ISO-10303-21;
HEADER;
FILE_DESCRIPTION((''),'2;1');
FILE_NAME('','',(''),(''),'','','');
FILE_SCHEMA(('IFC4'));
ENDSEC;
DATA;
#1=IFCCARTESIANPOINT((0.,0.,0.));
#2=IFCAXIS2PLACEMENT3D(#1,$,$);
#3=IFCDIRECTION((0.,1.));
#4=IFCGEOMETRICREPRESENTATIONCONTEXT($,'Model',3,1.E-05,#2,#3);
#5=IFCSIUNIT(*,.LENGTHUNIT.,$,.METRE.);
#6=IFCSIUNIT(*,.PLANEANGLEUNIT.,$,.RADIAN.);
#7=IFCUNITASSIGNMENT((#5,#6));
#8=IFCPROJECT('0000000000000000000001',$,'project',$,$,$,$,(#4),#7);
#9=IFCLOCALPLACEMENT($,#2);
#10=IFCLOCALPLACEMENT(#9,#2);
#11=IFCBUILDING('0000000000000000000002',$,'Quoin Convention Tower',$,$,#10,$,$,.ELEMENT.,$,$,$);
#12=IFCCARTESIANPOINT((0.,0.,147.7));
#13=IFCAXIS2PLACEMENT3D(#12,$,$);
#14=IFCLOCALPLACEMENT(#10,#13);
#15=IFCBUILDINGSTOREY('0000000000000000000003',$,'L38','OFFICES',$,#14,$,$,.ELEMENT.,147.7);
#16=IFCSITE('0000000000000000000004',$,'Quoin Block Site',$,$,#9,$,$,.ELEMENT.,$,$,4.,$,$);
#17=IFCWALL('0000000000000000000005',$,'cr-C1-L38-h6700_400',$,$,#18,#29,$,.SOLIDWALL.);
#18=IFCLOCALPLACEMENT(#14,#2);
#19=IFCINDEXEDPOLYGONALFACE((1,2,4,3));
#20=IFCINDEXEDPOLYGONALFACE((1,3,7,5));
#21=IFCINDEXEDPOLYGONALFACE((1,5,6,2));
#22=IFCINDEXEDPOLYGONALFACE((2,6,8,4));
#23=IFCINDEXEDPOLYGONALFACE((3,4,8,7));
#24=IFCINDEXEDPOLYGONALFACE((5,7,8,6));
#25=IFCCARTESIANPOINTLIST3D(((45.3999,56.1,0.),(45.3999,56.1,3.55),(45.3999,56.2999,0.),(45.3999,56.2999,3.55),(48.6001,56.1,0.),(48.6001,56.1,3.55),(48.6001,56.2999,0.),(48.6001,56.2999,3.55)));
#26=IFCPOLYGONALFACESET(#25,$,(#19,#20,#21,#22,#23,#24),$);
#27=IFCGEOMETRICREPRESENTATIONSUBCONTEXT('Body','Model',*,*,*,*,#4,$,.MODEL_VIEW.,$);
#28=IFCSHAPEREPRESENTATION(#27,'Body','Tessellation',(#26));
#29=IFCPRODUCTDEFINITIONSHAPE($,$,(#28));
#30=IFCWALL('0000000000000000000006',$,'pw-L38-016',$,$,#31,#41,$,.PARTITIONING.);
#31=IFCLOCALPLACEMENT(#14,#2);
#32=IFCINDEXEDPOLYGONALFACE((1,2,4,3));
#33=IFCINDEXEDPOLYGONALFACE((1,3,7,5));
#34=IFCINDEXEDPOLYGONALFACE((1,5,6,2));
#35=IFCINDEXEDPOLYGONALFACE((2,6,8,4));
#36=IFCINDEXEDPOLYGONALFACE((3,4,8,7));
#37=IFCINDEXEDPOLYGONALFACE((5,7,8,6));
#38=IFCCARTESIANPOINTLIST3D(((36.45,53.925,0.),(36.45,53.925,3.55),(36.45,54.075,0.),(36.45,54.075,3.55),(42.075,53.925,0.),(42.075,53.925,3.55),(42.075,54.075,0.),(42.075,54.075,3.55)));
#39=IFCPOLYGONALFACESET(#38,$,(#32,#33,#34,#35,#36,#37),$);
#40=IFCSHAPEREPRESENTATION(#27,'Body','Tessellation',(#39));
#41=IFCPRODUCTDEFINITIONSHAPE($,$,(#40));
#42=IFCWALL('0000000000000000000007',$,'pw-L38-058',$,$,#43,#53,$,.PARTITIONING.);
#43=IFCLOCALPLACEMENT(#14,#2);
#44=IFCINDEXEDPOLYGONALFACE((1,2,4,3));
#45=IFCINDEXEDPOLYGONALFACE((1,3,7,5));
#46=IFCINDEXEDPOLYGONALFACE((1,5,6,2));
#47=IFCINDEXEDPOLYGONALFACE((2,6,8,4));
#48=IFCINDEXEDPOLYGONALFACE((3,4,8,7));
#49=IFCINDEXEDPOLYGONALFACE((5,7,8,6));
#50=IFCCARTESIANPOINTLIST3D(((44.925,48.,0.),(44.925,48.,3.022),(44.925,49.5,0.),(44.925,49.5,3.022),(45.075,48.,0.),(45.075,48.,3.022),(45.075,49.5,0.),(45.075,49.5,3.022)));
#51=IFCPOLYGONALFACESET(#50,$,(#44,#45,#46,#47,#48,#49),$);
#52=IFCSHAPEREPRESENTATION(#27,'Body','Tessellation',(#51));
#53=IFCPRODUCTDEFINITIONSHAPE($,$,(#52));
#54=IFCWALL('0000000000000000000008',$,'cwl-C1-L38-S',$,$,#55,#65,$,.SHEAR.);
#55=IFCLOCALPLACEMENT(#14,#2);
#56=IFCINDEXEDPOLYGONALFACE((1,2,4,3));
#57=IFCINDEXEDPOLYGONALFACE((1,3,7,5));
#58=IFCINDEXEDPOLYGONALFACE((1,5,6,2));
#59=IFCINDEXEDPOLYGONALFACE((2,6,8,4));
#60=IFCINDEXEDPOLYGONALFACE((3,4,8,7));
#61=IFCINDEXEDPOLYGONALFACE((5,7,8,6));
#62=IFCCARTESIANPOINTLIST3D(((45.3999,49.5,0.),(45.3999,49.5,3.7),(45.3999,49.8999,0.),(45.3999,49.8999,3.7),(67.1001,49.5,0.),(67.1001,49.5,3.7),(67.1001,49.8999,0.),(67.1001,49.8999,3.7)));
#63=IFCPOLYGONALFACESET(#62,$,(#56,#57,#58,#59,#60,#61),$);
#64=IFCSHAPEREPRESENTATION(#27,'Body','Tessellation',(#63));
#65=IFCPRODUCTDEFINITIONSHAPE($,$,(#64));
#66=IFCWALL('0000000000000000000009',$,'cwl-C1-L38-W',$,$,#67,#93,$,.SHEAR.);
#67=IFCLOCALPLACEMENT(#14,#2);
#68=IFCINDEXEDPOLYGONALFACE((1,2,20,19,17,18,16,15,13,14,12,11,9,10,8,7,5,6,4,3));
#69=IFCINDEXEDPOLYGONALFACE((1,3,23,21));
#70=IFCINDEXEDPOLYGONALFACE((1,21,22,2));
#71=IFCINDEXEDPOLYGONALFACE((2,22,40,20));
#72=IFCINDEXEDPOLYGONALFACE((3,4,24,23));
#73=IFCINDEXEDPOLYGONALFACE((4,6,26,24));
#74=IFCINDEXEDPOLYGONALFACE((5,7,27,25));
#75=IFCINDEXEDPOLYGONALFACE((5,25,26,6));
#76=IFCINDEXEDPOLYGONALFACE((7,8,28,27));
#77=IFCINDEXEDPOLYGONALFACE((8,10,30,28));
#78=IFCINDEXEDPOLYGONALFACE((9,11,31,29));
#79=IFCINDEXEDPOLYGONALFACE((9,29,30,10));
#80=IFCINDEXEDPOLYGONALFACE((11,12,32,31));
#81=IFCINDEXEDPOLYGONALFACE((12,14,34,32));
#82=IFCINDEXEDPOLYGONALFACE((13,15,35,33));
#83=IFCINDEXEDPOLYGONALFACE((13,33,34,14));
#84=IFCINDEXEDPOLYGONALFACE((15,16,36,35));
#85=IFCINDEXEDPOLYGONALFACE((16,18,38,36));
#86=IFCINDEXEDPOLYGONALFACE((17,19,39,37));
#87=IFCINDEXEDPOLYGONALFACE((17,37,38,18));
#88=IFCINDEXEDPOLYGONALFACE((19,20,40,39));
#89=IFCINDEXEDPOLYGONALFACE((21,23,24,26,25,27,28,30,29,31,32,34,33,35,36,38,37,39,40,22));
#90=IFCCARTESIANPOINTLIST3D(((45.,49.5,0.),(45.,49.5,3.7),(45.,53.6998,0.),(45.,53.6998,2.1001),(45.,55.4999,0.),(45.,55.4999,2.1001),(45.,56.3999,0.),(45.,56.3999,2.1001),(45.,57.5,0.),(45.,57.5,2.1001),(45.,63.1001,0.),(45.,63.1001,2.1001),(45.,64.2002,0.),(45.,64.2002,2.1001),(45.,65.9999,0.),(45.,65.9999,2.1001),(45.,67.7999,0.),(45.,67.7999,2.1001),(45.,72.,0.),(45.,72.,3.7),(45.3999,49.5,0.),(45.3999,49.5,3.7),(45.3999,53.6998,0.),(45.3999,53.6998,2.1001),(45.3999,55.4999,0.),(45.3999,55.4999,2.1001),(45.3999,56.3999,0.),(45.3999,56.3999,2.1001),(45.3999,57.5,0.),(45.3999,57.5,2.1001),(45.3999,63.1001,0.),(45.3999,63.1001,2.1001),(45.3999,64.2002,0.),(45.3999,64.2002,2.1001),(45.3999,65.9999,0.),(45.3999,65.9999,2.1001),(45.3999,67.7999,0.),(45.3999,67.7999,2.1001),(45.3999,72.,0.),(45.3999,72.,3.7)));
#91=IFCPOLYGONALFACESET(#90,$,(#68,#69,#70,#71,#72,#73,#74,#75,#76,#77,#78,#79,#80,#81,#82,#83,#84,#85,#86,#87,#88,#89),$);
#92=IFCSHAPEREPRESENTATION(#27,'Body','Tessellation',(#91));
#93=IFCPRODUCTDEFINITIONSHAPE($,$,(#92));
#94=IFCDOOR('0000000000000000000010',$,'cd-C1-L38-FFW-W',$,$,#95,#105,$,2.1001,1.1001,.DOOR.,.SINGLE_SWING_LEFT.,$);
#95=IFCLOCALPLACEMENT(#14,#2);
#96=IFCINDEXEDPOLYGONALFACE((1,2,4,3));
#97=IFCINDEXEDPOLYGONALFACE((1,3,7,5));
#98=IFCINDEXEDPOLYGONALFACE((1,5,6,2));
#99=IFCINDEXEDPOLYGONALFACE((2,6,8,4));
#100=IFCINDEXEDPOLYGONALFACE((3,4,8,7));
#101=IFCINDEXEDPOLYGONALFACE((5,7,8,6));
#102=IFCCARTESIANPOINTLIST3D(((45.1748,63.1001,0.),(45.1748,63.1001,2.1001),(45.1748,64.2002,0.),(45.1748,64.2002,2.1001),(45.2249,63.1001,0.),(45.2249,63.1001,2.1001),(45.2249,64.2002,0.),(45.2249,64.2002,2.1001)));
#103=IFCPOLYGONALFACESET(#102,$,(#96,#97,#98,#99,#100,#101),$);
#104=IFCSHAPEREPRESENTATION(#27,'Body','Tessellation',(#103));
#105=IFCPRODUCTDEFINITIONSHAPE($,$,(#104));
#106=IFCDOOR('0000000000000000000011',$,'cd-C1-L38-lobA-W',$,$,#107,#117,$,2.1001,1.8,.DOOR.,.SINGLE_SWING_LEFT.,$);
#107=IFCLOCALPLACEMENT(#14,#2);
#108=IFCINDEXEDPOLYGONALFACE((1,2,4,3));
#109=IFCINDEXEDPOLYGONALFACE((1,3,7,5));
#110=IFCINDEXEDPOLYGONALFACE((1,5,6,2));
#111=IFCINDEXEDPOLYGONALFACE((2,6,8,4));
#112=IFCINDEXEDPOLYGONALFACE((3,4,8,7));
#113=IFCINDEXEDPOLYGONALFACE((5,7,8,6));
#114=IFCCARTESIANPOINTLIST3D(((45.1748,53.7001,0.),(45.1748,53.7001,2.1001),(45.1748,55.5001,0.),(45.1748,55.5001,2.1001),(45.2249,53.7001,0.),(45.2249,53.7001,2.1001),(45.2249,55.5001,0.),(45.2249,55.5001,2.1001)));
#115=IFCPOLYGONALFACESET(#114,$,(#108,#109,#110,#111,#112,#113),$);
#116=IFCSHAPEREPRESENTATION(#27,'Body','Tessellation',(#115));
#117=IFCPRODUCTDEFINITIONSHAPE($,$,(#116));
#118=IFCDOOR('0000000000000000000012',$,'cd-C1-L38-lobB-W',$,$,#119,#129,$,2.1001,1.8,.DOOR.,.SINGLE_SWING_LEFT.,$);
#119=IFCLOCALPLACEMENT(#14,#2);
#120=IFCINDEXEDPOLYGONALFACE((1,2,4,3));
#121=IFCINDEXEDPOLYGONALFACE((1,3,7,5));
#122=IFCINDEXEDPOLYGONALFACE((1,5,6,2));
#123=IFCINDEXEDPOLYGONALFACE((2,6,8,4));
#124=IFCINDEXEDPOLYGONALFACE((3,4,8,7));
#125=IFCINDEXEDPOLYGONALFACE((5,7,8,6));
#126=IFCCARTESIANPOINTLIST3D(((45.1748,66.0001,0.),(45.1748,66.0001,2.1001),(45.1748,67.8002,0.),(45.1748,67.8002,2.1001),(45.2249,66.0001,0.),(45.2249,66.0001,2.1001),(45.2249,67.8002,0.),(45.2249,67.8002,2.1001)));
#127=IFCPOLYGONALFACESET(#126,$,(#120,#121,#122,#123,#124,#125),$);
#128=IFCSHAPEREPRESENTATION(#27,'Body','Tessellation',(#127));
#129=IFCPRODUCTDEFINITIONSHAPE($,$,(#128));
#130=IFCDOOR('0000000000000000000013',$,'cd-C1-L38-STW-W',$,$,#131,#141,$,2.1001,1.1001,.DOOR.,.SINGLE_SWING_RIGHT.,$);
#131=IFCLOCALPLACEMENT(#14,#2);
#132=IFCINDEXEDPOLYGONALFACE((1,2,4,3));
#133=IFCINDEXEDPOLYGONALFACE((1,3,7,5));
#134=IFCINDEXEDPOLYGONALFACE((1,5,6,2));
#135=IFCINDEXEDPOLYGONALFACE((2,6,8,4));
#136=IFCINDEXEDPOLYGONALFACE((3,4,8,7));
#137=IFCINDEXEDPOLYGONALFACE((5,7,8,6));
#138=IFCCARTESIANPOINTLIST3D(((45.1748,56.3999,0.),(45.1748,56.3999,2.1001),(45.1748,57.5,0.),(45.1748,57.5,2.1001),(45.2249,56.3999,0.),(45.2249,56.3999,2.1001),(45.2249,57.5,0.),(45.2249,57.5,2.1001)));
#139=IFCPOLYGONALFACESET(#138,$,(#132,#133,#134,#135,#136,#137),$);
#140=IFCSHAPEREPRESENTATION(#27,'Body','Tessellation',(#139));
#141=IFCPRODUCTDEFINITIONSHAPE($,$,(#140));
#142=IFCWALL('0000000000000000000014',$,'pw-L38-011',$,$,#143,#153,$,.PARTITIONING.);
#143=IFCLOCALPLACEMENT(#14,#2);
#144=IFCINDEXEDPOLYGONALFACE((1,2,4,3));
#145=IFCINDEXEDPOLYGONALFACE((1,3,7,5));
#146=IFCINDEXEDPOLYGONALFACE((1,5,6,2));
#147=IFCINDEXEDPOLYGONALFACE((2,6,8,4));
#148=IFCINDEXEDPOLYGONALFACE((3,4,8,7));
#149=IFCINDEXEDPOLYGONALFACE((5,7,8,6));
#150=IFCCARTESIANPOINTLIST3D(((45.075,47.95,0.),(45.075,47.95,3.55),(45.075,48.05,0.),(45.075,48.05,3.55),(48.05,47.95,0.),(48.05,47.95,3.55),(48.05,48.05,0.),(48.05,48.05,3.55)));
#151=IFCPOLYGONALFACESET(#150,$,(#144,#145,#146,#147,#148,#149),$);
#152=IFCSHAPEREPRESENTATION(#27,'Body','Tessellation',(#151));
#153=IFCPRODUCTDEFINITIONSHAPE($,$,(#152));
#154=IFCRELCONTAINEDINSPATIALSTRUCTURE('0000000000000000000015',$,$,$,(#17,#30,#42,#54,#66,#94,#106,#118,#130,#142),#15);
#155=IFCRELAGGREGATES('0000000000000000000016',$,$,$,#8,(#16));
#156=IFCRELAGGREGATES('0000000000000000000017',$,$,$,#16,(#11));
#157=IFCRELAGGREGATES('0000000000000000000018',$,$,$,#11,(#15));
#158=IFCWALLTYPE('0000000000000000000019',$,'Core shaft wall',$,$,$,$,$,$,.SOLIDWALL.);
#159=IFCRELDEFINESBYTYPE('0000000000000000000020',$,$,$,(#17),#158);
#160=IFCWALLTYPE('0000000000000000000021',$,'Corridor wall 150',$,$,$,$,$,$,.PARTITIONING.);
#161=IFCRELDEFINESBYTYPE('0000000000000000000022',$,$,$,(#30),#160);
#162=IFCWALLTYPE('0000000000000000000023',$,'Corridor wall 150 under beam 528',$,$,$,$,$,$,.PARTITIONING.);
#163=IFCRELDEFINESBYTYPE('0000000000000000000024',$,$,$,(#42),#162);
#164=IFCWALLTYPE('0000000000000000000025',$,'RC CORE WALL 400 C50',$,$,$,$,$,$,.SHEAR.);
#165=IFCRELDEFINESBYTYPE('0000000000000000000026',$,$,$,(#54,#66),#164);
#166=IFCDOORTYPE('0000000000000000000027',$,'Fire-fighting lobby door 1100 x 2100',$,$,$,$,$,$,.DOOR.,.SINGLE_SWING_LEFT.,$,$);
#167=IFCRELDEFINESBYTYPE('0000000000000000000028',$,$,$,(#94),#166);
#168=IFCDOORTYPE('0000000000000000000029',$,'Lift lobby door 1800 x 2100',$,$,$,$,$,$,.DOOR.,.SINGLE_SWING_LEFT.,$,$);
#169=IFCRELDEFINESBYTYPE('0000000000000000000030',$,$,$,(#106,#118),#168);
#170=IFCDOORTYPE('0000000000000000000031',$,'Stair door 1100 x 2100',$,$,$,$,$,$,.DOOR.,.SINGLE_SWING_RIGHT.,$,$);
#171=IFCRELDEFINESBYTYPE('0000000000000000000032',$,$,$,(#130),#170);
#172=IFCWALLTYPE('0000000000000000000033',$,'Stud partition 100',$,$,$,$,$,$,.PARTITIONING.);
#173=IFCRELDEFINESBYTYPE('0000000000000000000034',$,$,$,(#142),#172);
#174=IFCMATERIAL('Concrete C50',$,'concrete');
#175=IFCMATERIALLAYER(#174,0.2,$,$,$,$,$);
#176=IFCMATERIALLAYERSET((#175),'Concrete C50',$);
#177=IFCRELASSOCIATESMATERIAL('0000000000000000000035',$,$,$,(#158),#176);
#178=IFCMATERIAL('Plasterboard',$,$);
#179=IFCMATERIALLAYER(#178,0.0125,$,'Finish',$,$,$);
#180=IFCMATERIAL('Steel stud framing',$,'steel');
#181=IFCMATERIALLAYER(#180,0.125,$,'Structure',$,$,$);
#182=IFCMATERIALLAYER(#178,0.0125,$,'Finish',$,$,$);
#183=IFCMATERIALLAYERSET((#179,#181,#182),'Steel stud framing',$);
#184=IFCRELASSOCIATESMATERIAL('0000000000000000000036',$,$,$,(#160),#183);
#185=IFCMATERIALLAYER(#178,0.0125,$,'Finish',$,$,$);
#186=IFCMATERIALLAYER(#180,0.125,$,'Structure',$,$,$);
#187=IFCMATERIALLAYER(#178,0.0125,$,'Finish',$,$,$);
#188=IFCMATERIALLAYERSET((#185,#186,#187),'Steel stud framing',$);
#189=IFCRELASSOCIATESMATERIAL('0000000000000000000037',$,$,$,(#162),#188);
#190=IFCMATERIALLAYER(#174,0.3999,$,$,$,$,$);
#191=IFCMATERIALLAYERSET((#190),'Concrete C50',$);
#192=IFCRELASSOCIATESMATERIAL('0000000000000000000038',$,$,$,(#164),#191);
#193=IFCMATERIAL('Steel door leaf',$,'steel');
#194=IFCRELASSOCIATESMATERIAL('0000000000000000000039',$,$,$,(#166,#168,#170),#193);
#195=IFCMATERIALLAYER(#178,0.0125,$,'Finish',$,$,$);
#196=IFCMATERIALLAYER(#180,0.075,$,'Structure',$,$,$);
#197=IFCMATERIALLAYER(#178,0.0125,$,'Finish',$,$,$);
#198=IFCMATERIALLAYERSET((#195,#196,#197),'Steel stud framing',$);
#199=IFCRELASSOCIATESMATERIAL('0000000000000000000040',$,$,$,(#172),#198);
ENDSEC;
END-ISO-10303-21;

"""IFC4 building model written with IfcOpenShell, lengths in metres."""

from ifc_helpers import new_model, si_unit, direction, frame, frame_2d, origin, place, context, subcontext, project, spatial, rectangle, extrude, material, layer, layer_set, type_object, element, fill, save


model = new_model("IFC4")

# Units and contexts
model_context = context("Model", 3, precision=1e-05, world=origin(), true_north=direction((0.0, 1.0)))
body_context = subcontext(model_context, "Body", "Model", "MODEL_VIEW")
ifc_project = project(units=[si_unit("LENGTHUNIT", "METRE"), si_unit("PLANEANGLEUNIT", "RADIAN")], contexts=[model_context])

# Site, building, storey
site_placement = place(None, origin())
site = spatial("IfcSite", under=ifc_project, at=site_placement, Name="Quoin Block Site", CompositionType="ELEMENT", RefElevation=4.0)
building_placement = place(site_placement, origin())
building = spatial("IfcBuilding", under=site, at=building_placement, Name="Quoin Convention Tower", CompositionType="ELEMENT")
storey_placement = place(building_placement, frame((0.0, 0.0, 147.7)))
storey = spatial("IfcBuildingStorey", under=building, at=storey_placement, Name="L38", Description="OFFICES", CompositionType="ELEMENT", Elevation=147.7)

# Shared definitions
ifc_material_1 = material(Name="Plasterboard")
ifc_material_2 = material(Name="Steel stud framing", Category="steel")
ifc_material_3 = material(Name="Steel door leaf", Category="steel")

# Walls
ifc_material_4 = material(Name="Concrete C50", Category="concrete")
ifc_layer_1 = layer(ifc_material_4, 0.2)
ifc_layer_set_1 = layer_set([ifc_layer_1], Name="Concrete C50")
wall_type_1 = type_object("IfcWallType", Name="Core shaft wall", PredefinedType="SOLIDWALL", material=ifc_layer_set_1)
wall_1_placement = place(storey_placement, frame((45.3999, 56.2, 0.0), z_axis=(0.0, 0.0, 1.0), x_axis=(1.0, 0.0, 0.0)))
element("IfcWall", 1, at=wall_1_placement, inside=storey, type_object=wall_type_1, Name="cr-C1-L38-h6700_400", PredefinedType="SOLIDWALL", context=body_context, shape_type="SweptSolid", body=[
    extrude(rectangle(XDim=3.2002, YDim=0.2, at=frame_2d((1.6001, 0.0))), origin(), (0.0, 0.0, 1.0), 3.55),
])
ifc_layer_2 = layer(ifc_material_1, 0.0125, Name="Finish")
ifc_layer_3 = layer(ifc_material_2, 0.125, Name="Structure")
ifc_layer_4 = layer(ifc_material_1, 0.0125, Name="Finish")
ifc_layer_set_2 = layer_set([ifc_layer_2, ifc_layer_3, ifc_layer_4], Name="Steel stud framing")
wall_type_2 = type_object("IfcWallType", Name="Corridor wall 150", PredefinedType="PARTITIONING", material=ifc_layer_set_2)
wall_2_placement = place(storey_placement, frame((36.45, 54.0, 0.0), z_axis=(0.0, 0.0, 1.0), x_axis=(1.0, 0.0, 0.0)))
element("IfcWall", 2, at=wall_2_placement, inside=storey, type_object=wall_type_2, Name="pw-L38-016", PredefinedType="PARTITIONING", context=body_context, shape_type="SweptSolid", body=[
    extrude(rectangle(XDim=5.625, YDim=0.1499, at=frame_2d((2.8125, 0.0))), origin(), (0.0, 0.0, 1.0), 3.55),
])
ifc_layer_5 = layer(ifc_material_1, 0.0125, Name="Finish")
ifc_layer_6 = layer(ifc_material_2, 0.125, Name="Structure")
ifc_layer_7 = layer(ifc_material_1, 0.0125, Name="Finish")
ifc_layer_set_3 = layer_set([ifc_layer_5, ifc_layer_6, ifc_layer_7], Name="Steel stud framing")
wall_type_3 = type_object("IfcWallType", Name="Corridor wall 150 under beam 528", PredefinedType="PARTITIONING", material=ifc_layer_set_3)
wall_3_placement = place(storey_placement, frame((45.0, 48.0, 0.0), z_axis=(0.0, 0.0, 1.0), x_axis=(0.0, 1.0, 0.0)))
element("IfcWall", 3, at=wall_3_placement, inside=storey, type_object=wall_type_3, Name="pw-L38-058", PredefinedType="PARTITIONING", context=body_context, shape_type="SweptSolid", body=[
    extrude(rectangle(XDim=1.5, YDim=0.1499, at=frame_2d((0.75, 0.0))), origin(), (0.0, 0.0, 1.0), 3.022),
])
ifc_layer_8 = layer(ifc_material_4, 0.3999)
ifc_layer_set_4 = layer_set([ifc_layer_8], Name="Concrete C50")
wall_type_4 = type_object("IfcWallType", Name="RC CORE WALL 400 C50", PredefinedType="SHEAR", material=ifc_layer_set_4)
wall_4_placement = place(storey_placement, frame((45.3999, 49.7, 0.0), z_axis=(0.0, 0.0, 1.0), x_axis=(1.0, 0.0, 0.0)))
element("IfcWall", 4, at=wall_4_placement, inside=storey, type_object=wall_type_4, Name="cwl-C1-L38-S", PredefinedType="SHEAR", context=body_context, shape_type="SweptSolid", body=[
    extrude(rectangle(XDim=21.7002, YDim=0.3999, at=frame_2d((10.8501, 0.0))), origin(), (0.0, 0.0, 1.0), 3.7),
])

# Wall, openings, doors
wall_5_placement = place(storey_placement, frame((45.2, 49.5, 0.0), z_axis=(0.0, 0.0, 1.0), x_axis=(0.0, 1.0, 0.0)))
wall_5 = element("IfcWall", 5, at=wall_5_placement, inside=storey, type_object=wall_type_4, Name="cwl-C1-L38-W", PredefinedType="SHEAR", context=body_context, shape_type="SweptSolid", body=[
    extrude(rectangle(XDim=22.5, YDim=0.3999, at=frame_2d((11.25, 0.0))), origin(), (0.0, 0.0, 1.0), 3.7),
])
opening_1_placement = place(wall_5_placement, frame((4.2, 0.0, 0.0)))
opening_1 = element("IfcOpeningElement", 6, at=opening_1_placement, cuts=wall_5, PredefinedType="OPENING", context=body_context, shape_type="SweptSolid", body=[
    extrude(rectangle(XDim=1.8, YDim=2.1001, at=frame_2d((0.8999, 1.05))), frame((0.0, 0.21, 0.0), z_axis=(0.0, -1.0, 0.0), x_axis=(1.0, 0.0, 0.0)), (0.0, 0.0, 1.0), 0.4199),
])
opening_2_placement = place(wall_5_placement, frame((6.8999, 0.0, 0.0)))
opening_2 = element("IfcOpeningElement", 7, at=opening_2_placement, cuts=wall_5, PredefinedType="OPENING", context=body_context, shape_type="SweptSolid", body=[
    extrude(rectangle(XDim=1.1001, YDim=2.1001, at=frame_2d((0.55, 1.05))), frame((0.0, 0.21, 0.0), z_axis=(0.0, -1.0, 0.0), x_axis=(1.0, 0.0, 0.0)), (0.0, 0.0, 1.0), 0.4199),
])
opening_3_placement = place(wall_5_placement, frame((13.6001, 0.0, 0.0)))
opening_3 = element("IfcOpeningElement", 8, at=opening_3_placement, cuts=wall_5, PredefinedType="OPENING", context=body_context, shape_type="SweptSolid", body=[
    extrude(rectangle(XDim=1.1001, YDim=2.1001, at=frame_2d((0.55, 1.05))), frame((0.0, 0.21, 0.0), z_axis=(0.0, -1.0, 0.0), x_axis=(1.0, 0.0, 0.0)), (0.0, 0.0, 1.0), 0.4199),
])
opening_4_placement = place(wall_5_placement, frame((16.5, 0.0, 0.0)))
opening_4 = element("IfcOpeningElement", 9, at=opening_4_placement, cuts=wall_5, PredefinedType="OPENING", context=body_context, shape_type="SweptSolid", body=[
    extrude(rectangle(XDim=1.8, YDim=2.1001, at=frame_2d((0.8999, 1.05))), frame((0.0, 0.21, 0.0), z_axis=(0.0, -1.0, 0.0), x_axis=(1.0, 0.0, 0.0)), (0.0, 0.0, 1.0), 0.4199),
])
door_type_1 = type_object("IfcDoorType", Name="Fire-fighting lobby door 1100 x 2100", OperationType="SINGLE_SWING_LEFT", PredefinedType="DOOR", material=ifc_material_3)
door_1_placement = place(opening_3_placement, frame((1.1001, 0.0, 0.0), z_axis=(0.0, 0.0, 1.0), x_axis=(-1.0, 0.0, 0.0)))
door_1 = element("IfcDoor", 10, at=door_1_placement, inside=storey, type_object=door_type_1, Name="cd-C1-L38-FFW-W", OperationType="SINGLE_SWING_LEFT", OverallHeight=2.1001, OverallWidth=1.1001, PredefinedType="DOOR", context=body_context, shape_type="SweptSolid", body=[
    extrude(rectangle(XDim=1.1001, YDim=2.1001, at=frame_2d((0.55, 1.05))), frame((0.0, 0.0249, 0.0), z_axis=(0.0, -1.0, 0.0), x_axis=(1.0, 0.0, 0.0)), (0.0, 0.0, 1.0), 0.05),
])
fill(opening_3, door_1)
door_type_2 = type_object("IfcDoorType", Name="Lift lobby door 1800 x 2100", OperationType="SINGLE_SWING_LEFT", PredefinedType="DOOR", material=ifc_material_3)
door_2_placement = place(opening_1_placement, frame((1.8, 0.0, 0.0), z_axis=(0.0, 0.0, 1.0), x_axis=(-1.0, 0.0, 0.0)))
door_2 = element("IfcDoor", 11, at=door_2_placement, inside=storey, type_object=door_type_2, Name="cd-C1-L38-lobA-W", OperationType="SINGLE_SWING_LEFT", OverallHeight=2.1001, OverallWidth=1.8, PredefinedType="DOOR", context=body_context, shape_type="SweptSolid", body=[
    extrude(rectangle(XDim=1.8, YDim=2.1001, at=frame_2d((0.8999, 1.05))), frame((0.0, 0.0249, 0.0), z_axis=(0.0, -1.0, 0.0), x_axis=(1.0, 0.0, 0.0)), (0.0, 0.0, 1.0), 0.05),
])
fill(opening_1, door_2)
door_3_placement = place(opening_4_placement, frame((1.8, 0.0, 0.0), z_axis=(0.0, 0.0, 1.0), x_axis=(-1.0, 0.0, 0.0)))
door_3 = element("IfcDoor", 12, at=door_3_placement, inside=storey, type_object=door_type_2, Name="cd-C1-L38-lobB-W", OperationType="SINGLE_SWING_LEFT", OverallHeight=2.1001, OverallWidth=1.8, PredefinedType="DOOR", context=body_context, shape_type="SweptSolid", body=[
    extrude(rectangle(XDim=1.8, YDim=2.1001, at=frame_2d((0.8999, 1.05))), frame((0.0, 0.0249, 0.0), z_axis=(0.0, -1.0, 0.0), x_axis=(1.0, 0.0, 0.0)), (0.0, 0.0, 1.0), 0.05),
])
fill(opening_4, door_3)
door_type_3 = type_object("IfcDoorType", Name="Stair door 1100 x 2100", OperationType="SINGLE_SWING_RIGHT", PredefinedType="DOOR", material=ifc_material_3)
door_4_placement = place(opening_2_placement, frame((1.1001, 0.0, 0.0), z_axis=(0.0, 0.0, 1.0), x_axis=(-1.0, 0.0, 0.0)))
door_4 = element("IfcDoor", 13, at=door_4_placement, inside=storey, type_object=door_type_3, Name="cd-C1-L38-STW-W", OperationType="SINGLE_SWING_RIGHT", OverallHeight=2.1001, OverallWidth=1.1001, PredefinedType="DOOR", context=body_context, shape_type="SweptSolid", body=[
    extrude(rectangle(XDim=1.1001, YDim=2.1001, at=frame_2d((0.55, 1.05))), frame((0.0, 0.0249, 0.0), z_axis=(0.0, -1.0, 0.0), x_axis=(1.0, 0.0, 0.0)), (0.0, 0.0, 1.0), 0.05),
])
fill(opening_2, door_4)

# Wall
ifc_layer_9 = layer(ifc_material_1, 0.0125, Name="Finish")
ifc_layer_10 = layer(ifc_material_2, 0.075, Name="Structure")
ifc_layer_11 = layer(ifc_material_1, 0.0125, Name="Finish")
ifc_layer_set_5 = layer_set([ifc_layer_9, ifc_layer_10, ifc_layer_11], Name="Steel stud framing")
wall_type_5 = type_object("IfcWallType", Name="Stud partition 100", PredefinedType="PARTITIONING", material=ifc_layer_set_5)
wall_6_placement = place(storey_placement, frame((45.075, 48.0, 0.0), z_axis=(0.0, 0.0, 1.0), x_axis=(1.0, 0.0, 0.0)))
element("IfcWall", 14, at=wall_6_placement, inside=storey, type_object=wall_type_5, Name="pw-L38-011", PredefinedType="PARTITIONING", context=body_context, shape_type="SweptSolid", body=[
    extrude(rectangle(XDim=2.9751, YDim=0.1001, at=frame_2d((1.4875, 0.0))), origin(), (0.0, 0.0, 1.0), 3.55),
])

save(model, "model.ifc")
